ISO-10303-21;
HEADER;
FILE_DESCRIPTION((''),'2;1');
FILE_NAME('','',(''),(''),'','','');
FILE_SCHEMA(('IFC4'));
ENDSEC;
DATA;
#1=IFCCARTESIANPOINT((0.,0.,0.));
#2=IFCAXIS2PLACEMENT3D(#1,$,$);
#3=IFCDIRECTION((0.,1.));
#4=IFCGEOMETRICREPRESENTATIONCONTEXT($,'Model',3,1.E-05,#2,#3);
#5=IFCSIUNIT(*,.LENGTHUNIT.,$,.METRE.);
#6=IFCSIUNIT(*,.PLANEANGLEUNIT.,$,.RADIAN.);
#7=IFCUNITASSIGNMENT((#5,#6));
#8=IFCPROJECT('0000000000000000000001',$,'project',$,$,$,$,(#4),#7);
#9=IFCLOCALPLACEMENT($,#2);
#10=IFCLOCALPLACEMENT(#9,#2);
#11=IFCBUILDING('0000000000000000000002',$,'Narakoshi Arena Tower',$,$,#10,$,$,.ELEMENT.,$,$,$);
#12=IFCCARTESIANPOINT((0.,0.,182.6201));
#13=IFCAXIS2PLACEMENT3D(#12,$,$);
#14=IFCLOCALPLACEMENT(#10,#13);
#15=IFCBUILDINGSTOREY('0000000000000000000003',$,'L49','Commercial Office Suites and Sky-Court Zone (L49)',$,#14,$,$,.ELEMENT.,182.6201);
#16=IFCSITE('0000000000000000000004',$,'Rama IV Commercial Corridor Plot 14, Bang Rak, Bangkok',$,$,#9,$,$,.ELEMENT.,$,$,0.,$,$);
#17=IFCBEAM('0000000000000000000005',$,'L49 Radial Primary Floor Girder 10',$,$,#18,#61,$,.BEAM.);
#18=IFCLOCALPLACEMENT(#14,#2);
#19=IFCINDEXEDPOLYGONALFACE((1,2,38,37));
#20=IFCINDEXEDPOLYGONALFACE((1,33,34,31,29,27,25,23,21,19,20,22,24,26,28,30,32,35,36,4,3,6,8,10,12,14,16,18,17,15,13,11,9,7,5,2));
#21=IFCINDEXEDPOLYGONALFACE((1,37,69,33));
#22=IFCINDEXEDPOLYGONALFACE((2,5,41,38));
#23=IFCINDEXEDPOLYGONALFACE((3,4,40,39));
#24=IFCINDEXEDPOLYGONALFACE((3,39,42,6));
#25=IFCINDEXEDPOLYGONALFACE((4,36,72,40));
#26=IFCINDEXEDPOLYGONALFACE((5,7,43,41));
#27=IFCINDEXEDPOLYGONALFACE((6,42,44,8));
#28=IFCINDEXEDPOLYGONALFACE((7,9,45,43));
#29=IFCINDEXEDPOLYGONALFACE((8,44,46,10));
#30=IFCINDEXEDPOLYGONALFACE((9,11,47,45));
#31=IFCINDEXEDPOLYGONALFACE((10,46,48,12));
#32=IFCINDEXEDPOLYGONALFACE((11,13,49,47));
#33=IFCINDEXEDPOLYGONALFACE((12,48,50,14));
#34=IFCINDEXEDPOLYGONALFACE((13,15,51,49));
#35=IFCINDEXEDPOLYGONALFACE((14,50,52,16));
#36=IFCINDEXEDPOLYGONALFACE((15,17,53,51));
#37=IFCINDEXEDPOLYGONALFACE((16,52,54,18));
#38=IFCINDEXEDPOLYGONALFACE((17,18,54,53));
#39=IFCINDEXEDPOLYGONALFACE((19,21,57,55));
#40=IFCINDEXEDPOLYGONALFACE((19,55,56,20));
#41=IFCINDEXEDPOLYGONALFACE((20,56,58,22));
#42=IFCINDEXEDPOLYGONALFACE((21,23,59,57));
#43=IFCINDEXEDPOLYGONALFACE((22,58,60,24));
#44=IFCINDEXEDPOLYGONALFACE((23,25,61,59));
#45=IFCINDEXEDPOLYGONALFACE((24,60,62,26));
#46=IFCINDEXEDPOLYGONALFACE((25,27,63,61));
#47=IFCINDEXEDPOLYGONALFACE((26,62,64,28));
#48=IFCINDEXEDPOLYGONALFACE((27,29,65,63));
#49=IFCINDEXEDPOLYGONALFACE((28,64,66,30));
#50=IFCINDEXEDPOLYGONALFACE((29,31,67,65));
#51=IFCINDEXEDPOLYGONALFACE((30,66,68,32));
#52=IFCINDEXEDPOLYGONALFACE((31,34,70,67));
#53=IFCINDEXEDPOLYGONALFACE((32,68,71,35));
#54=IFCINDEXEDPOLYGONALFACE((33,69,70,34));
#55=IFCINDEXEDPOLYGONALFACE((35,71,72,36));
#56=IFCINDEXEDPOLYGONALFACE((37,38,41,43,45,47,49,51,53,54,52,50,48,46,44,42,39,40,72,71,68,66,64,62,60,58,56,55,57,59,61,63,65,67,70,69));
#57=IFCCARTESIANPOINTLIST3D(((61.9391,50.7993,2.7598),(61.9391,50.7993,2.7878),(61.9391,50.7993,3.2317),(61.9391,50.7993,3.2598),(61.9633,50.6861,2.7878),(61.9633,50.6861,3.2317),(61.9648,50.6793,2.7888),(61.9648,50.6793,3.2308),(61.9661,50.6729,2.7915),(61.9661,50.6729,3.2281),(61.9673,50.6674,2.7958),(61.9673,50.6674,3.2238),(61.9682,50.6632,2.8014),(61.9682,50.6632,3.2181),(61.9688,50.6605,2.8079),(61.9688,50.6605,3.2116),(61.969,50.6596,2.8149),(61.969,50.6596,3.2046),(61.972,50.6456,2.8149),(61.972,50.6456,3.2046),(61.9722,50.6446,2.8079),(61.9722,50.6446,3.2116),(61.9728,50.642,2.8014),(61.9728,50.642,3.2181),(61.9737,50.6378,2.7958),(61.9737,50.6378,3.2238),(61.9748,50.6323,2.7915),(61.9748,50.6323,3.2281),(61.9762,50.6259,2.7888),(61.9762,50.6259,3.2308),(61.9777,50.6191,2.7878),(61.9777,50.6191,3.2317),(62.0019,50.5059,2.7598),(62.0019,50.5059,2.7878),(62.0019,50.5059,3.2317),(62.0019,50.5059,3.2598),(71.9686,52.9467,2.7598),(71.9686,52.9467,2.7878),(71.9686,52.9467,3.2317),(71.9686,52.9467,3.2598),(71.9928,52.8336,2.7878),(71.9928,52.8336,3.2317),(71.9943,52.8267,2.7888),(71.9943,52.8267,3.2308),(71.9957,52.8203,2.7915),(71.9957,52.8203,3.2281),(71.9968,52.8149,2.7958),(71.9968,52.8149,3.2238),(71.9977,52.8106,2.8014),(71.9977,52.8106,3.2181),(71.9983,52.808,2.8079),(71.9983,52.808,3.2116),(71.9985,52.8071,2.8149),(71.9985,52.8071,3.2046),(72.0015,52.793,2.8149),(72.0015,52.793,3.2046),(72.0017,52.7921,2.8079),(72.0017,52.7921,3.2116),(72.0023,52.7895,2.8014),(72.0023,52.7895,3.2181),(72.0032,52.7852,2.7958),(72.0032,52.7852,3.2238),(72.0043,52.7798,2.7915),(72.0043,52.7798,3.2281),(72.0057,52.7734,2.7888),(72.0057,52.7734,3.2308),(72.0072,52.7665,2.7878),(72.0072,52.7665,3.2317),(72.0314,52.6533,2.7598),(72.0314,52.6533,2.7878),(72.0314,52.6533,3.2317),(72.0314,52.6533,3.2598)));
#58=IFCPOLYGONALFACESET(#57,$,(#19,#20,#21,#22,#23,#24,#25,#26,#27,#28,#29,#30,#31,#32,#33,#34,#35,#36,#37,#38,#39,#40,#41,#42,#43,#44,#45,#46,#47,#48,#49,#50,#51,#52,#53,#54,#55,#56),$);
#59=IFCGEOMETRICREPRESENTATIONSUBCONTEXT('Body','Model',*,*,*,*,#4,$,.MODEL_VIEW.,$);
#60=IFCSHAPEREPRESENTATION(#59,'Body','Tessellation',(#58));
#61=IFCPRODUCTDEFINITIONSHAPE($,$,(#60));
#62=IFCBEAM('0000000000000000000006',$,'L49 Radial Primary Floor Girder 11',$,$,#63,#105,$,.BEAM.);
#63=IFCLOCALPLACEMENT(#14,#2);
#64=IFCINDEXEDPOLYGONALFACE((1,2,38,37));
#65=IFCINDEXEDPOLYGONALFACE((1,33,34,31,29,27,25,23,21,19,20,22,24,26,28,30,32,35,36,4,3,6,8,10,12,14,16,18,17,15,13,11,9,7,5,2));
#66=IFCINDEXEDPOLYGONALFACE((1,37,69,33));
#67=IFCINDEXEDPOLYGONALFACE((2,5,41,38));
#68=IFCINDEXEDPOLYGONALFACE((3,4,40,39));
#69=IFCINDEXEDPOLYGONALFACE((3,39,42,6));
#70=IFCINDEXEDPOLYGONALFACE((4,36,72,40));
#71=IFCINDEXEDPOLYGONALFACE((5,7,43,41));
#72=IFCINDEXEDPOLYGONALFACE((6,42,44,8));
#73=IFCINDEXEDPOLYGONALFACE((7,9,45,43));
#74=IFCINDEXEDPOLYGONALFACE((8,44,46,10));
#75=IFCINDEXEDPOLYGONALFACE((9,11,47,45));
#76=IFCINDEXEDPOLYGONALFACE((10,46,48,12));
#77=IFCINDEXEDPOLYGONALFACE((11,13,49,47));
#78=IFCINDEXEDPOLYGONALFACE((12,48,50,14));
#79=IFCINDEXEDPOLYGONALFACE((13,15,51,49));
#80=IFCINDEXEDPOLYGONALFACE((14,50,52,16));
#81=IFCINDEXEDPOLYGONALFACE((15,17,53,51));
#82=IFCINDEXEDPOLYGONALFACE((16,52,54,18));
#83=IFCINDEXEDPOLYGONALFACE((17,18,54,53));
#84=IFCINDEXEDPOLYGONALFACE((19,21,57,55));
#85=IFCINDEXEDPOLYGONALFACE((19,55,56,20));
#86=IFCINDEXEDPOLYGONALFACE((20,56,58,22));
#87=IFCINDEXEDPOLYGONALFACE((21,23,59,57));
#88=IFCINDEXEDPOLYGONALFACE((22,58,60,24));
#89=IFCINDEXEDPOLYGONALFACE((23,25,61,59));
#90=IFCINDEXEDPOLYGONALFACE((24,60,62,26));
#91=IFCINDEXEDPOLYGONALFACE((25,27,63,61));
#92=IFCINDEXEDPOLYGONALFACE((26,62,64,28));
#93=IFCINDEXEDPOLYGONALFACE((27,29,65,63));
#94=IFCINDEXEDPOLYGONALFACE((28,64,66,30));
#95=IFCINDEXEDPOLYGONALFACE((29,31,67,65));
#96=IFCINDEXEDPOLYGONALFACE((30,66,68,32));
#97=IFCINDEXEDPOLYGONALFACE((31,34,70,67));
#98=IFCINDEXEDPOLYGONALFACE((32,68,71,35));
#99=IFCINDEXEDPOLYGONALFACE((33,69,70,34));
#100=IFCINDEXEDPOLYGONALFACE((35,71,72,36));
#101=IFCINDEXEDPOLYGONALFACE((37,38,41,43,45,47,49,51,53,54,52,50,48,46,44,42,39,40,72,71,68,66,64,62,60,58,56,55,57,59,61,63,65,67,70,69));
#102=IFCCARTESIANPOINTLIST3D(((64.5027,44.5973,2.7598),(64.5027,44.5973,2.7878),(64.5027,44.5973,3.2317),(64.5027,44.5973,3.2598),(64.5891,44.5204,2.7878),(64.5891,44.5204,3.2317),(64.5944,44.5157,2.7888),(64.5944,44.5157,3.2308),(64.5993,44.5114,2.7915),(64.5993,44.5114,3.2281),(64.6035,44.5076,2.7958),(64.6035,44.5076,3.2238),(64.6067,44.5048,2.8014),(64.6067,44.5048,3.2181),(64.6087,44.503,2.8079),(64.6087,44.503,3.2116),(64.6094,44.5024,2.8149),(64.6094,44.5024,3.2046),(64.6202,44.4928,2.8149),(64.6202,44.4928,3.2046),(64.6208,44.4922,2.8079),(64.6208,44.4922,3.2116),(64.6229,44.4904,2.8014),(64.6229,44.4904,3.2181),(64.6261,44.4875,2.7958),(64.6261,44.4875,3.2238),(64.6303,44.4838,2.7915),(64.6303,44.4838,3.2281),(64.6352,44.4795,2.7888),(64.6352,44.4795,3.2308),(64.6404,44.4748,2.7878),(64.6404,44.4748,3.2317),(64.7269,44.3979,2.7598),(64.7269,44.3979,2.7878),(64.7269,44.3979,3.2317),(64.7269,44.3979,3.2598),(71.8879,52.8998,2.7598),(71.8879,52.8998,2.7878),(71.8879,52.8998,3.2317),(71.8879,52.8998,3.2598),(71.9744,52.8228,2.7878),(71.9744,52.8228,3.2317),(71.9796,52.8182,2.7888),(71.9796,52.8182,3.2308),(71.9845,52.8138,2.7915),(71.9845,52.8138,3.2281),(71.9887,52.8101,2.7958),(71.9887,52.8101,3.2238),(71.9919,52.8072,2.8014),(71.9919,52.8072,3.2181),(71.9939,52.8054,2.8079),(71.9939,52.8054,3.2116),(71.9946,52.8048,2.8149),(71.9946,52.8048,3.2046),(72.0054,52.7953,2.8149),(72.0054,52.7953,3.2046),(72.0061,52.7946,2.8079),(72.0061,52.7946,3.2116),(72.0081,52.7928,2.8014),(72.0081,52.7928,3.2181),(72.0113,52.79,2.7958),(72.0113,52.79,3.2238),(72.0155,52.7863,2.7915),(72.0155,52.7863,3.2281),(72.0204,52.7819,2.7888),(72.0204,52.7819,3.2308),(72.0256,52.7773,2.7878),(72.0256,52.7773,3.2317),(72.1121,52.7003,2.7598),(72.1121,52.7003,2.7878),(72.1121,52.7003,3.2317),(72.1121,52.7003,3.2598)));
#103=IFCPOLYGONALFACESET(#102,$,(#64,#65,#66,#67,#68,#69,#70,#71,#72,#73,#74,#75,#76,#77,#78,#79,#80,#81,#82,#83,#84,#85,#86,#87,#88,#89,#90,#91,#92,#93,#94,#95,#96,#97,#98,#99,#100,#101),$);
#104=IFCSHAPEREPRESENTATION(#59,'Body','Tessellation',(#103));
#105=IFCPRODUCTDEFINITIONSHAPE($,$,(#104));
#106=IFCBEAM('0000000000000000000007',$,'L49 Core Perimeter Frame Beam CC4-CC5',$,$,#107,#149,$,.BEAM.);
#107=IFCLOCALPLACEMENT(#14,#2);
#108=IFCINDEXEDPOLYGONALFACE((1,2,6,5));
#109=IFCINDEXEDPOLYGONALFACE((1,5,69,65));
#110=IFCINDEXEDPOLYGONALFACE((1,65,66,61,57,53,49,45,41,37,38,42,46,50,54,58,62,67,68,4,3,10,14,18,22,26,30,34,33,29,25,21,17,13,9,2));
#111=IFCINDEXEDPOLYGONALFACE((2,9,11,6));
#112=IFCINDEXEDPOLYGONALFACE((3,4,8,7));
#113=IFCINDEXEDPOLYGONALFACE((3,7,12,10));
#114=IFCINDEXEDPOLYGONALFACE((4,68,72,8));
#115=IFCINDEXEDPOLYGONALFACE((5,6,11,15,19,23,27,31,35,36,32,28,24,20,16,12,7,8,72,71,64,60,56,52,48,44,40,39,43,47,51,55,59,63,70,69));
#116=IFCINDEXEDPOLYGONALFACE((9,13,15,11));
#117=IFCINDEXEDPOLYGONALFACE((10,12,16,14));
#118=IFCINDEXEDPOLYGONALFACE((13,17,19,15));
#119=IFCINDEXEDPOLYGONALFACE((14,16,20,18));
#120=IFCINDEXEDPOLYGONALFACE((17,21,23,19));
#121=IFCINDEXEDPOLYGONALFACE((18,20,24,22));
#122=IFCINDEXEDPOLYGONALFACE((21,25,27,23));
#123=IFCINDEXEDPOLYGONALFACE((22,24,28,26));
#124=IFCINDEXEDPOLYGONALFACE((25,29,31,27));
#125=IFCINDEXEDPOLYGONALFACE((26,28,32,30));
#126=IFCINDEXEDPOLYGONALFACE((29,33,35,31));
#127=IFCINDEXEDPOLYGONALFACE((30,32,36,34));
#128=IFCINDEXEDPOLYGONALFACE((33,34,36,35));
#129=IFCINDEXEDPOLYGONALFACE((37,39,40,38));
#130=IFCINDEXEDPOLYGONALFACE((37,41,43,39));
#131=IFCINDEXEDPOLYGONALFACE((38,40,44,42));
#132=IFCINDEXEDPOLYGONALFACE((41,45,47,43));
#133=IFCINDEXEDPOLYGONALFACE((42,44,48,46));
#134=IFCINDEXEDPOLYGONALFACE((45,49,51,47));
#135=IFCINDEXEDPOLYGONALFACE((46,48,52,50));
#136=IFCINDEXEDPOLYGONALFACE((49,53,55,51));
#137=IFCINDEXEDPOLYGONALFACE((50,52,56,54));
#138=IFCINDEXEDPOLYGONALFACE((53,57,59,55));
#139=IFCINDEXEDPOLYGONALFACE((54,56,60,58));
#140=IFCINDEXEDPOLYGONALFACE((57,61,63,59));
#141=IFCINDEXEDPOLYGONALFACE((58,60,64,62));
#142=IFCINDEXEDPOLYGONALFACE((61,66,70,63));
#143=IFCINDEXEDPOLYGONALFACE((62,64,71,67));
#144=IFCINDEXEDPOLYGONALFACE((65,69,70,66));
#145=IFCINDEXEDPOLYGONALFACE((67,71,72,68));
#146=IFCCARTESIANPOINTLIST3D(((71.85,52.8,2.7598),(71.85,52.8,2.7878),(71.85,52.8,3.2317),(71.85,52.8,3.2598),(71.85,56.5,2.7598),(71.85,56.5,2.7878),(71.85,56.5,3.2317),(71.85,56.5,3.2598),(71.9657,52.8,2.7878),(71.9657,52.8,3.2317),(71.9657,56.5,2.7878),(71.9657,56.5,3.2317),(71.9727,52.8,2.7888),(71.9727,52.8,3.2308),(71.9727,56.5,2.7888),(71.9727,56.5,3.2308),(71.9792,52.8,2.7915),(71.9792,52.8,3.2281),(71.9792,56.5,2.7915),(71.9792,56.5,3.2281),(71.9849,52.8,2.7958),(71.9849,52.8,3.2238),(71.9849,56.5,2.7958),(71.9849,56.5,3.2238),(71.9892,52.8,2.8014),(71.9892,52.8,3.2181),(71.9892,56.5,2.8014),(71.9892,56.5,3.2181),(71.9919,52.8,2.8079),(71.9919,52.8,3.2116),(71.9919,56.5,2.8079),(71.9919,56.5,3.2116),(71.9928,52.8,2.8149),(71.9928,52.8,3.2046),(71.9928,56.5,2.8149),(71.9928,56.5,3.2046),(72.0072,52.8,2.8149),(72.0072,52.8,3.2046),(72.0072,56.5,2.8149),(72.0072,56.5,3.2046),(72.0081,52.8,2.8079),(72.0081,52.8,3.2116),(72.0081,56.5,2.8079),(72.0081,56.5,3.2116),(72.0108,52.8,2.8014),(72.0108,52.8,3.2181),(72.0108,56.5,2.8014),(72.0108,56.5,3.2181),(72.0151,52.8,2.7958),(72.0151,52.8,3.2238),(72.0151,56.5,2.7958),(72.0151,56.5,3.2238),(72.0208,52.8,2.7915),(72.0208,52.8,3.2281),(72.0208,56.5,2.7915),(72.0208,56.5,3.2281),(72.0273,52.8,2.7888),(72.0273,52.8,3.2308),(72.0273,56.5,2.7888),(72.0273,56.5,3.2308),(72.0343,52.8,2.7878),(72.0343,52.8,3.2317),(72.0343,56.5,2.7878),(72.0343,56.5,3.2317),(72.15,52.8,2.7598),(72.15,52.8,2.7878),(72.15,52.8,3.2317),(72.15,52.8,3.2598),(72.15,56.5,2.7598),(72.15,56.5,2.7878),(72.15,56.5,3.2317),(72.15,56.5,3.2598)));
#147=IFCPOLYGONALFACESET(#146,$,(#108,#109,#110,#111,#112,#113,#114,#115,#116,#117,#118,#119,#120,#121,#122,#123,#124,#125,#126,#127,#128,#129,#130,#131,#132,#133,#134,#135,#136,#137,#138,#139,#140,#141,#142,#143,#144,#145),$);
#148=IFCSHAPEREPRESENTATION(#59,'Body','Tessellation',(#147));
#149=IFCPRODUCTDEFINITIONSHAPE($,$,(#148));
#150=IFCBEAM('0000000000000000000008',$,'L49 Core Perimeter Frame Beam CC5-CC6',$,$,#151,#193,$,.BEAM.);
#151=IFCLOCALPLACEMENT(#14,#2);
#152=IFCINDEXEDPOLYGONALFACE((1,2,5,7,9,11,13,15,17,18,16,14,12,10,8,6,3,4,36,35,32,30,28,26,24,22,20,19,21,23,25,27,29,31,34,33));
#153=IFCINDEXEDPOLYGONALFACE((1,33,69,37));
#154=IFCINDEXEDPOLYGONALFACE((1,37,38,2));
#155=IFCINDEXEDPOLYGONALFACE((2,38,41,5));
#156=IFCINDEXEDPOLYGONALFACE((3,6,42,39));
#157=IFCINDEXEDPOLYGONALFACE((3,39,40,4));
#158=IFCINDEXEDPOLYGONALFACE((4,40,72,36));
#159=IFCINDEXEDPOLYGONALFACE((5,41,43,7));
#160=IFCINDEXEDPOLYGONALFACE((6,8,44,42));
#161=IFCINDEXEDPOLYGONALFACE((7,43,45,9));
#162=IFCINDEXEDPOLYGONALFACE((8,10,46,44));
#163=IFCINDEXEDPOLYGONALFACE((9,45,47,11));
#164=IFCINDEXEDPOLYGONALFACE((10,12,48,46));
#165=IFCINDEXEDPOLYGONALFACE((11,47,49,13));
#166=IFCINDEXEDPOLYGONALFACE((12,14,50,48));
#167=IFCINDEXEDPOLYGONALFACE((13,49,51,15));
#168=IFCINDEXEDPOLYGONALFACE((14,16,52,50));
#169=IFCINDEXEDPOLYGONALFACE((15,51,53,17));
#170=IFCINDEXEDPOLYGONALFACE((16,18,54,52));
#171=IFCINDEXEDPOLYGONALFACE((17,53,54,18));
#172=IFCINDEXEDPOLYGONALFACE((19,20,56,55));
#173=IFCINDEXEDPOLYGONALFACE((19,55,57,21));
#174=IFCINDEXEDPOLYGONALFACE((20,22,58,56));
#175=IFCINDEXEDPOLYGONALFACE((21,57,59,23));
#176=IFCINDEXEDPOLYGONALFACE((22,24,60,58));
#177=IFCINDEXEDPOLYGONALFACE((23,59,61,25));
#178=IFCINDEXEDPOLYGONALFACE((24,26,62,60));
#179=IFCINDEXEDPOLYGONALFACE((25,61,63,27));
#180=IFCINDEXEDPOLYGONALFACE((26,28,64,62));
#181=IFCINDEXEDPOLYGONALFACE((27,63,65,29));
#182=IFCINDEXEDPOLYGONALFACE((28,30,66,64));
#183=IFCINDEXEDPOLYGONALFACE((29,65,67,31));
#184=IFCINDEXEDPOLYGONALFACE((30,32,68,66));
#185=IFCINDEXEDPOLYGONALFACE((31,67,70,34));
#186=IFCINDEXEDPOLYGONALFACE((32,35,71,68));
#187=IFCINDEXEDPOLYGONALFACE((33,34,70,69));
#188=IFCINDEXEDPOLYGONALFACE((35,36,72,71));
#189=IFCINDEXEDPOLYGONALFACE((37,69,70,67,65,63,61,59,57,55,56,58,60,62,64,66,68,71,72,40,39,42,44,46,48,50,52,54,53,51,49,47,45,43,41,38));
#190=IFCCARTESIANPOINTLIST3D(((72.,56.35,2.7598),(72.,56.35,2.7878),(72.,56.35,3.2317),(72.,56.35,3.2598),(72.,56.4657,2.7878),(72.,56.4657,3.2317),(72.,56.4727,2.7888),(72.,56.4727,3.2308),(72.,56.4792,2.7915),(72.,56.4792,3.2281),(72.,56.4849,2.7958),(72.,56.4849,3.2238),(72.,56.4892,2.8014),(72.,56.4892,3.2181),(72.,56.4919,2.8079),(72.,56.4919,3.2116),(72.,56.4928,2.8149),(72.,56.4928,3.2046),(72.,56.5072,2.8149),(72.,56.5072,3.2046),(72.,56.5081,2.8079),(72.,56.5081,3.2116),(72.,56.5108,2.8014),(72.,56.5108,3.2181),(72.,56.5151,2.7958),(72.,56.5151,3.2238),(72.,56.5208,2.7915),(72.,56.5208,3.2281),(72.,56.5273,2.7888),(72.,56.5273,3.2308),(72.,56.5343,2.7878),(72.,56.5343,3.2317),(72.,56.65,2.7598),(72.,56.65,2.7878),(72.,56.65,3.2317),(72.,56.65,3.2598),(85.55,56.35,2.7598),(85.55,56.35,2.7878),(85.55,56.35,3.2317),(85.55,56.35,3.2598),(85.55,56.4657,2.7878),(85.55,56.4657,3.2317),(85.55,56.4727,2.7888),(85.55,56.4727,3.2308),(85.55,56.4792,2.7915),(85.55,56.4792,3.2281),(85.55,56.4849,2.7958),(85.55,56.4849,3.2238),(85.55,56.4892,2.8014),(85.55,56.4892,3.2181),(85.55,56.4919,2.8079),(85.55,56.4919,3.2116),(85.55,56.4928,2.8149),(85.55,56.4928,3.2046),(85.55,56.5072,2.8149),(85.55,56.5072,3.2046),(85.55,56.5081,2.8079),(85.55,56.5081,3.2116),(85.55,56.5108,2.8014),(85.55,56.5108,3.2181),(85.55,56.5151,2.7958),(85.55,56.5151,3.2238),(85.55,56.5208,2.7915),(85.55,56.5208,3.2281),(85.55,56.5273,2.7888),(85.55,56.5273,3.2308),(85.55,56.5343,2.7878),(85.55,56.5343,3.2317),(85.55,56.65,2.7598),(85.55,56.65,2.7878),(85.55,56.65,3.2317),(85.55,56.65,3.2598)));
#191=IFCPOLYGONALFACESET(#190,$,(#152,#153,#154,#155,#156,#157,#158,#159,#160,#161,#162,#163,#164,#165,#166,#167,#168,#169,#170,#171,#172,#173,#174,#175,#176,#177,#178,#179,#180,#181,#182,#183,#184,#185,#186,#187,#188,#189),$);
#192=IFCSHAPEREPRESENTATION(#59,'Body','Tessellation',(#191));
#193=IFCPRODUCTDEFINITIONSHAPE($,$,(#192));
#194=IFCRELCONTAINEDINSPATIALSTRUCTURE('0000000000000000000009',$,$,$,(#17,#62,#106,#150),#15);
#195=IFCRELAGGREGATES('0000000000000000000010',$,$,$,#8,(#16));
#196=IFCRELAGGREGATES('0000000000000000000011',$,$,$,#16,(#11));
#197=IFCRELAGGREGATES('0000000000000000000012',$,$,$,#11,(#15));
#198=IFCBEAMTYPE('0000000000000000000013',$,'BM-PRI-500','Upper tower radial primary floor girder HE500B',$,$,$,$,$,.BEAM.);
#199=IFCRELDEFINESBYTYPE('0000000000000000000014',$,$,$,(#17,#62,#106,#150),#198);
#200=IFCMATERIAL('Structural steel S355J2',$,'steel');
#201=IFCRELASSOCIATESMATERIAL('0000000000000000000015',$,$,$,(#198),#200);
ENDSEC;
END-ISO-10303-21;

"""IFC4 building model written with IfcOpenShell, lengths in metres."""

from ifc_helpers import new_model, si_unit, direction, frame, origin, origin_2d, place, context, subcontext, project, spatial, i_section, extrude, material, material_profile, profile_set, type_object, element, save


model = new_model("IFC4")

# Units and contexts
model_context = context("Model", 3, precision=1e-05, world=origin(), true_north=direction((0.0, 1.0)))
body_context = subcontext(model_context, "Body", "Model", "MODEL_VIEW")
ifc_project = project(units=[si_unit("LENGTHUNIT", "METRE"), si_unit("PLANEANGLEUNIT", "RADIAN")], contexts=[model_context])

# Site, building, storey
site_placement = place(None, origin())
site = spatial("IfcSite", under=ifc_project, at=site_placement, Name="Rama IV Commercial Corridor Plot 14, Bang Rak, Bangkok", CompositionType="ELEMENT", RefElevation=0.0)
building_placement = place(site_placement, origin())
building = spatial("IfcBuilding", under=site, at=building_placement, Name="Narakoshi Arena Tower", CompositionType="ELEMENT")
storey_placement = place(building_placement, frame((0.0, 0.0, 182.6201)))
storey = spatial("IfcBuildingStorey", under=building, at=storey_placement, Name="L49", Description="Commercial Office Suites and Sky-Court Zone (L49)", CompositionType="ELEMENT", Elevation=182.6201)

# Beams
ifc_material_1 = material(Name="Structural steel S355J2", Category="steel")
ifc_material_profile_1 = material_profile(ifc_material_1, i_section(OverallWidth=0.3, OverallDepth=0.5, WebThickness=0.0144, FlangeThickness=0.0281, FilletRadius=0.0271, at=origin_2d()), Name="HE500B")
ifc_profile_set_1 = profile_set([ifc_material_profile_1], Name="Structural steel S355J2")
beam_type_1 = type_object("IfcBeamType", Name="BM-PRI-500", Description="Upper tower radial primary floor girder HE500B", PredefinedType="BEAM", material=ifc_profile_set_1)
beam_1_placement = place(storey_placement, frame((72.0, 52.8, 3.0098), z_axis=(-0.977837, -0.209368, 0.0), x_axis=(0.209368, -0.977837, 0.0)))
element("IfcBeam", 1, at=beam_1_placement, inside=storey, type_object=beam_type_1, Name="L49 Radial Primary Floor Girder 10", PredefinedType="BEAM", context=body_context, shape_type="SweptSolid", body=[
    extrude(i_section(OverallWidth=0.3, OverallDepth=0.5, WebThickness=0.0144, FlangeThickness=0.0281, FilletRadius=0.0271, at=origin_2d()), origin(), (0.0, 0.0, 1.0), 10.2568),
])
beam_2_placement = place(storey_placement, frame((72.0, 52.8, 3.0098), z_axis=(-0.664628, -0.747174, 0.0), x_axis=(0.747174, -0.664628, 0.0)))
element("IfcBeam", 2, at=beam_2_placement, inside=storey, type_object=beam_type_1, Name="L49 Radial Primary Floor Girder 11", PredefinedType="BEAM", context=body_context, shape_type="SweptSolid", body=[
    extrude(i_section(OverallWidth=0.3, OverallDepth=0.5, WebThickness=0.0144, FlangeThickness=0.0281, FilletRadius=0.0271, at=origin_2d()), origin(), (0.0, 0.0, 1.0), 11.1118),
])
beam_3_placement = place(storey_placement, frame((72.0, 52.8, 3.0098), z_axis=(0.0, 1.0, 0.0), x_axis=(-1.0, 0.0, 0.0)))
element("IfcBeam", 3, at=beam_3_placement, inside=storey, type_object=beam_type_1, Name="L49 Core Perimeter Frame Beam CC4-CC5", PredefinedType="BEAM", context=body_context, shape_type="SweptSolid", body=[
    extrude(i_section(OverallWidth=0.3, OverallDepth=0.5, WebThickness=0.0144, FlangeThickness=0.0281, FilletRadius=0.0271, at=origin_2d()), origin(), (0.0, 0.0, 1.0), 3.7),
])
beam_4_placement = place(storey_placement, frame((72.0, 56.5, 3.0098), z_axis=(1.0, 0.0, 0.0), x_axis=(0.0, 1.0, 0.0)))
element("IfcBeam", 4, at=beam_4_placement, inside=storey, type_object=beam_type_1, Name="L49 Core Perimeter Frame Beam CC5-CC6", PredefinedType="BEAM", context=body_context, shape_type="SweptSolid", body=[
    extrude(i_section(OverallWidth=0.3, OverallDepth=0.5, WebThickness=0.0144, FlangeThickness=0.0281, FilletRadius=0.0271, at=origin_2d()), origin(), (0.0, 0.0, 1.0), 13.55),
])

save(model, "model.ifc")
